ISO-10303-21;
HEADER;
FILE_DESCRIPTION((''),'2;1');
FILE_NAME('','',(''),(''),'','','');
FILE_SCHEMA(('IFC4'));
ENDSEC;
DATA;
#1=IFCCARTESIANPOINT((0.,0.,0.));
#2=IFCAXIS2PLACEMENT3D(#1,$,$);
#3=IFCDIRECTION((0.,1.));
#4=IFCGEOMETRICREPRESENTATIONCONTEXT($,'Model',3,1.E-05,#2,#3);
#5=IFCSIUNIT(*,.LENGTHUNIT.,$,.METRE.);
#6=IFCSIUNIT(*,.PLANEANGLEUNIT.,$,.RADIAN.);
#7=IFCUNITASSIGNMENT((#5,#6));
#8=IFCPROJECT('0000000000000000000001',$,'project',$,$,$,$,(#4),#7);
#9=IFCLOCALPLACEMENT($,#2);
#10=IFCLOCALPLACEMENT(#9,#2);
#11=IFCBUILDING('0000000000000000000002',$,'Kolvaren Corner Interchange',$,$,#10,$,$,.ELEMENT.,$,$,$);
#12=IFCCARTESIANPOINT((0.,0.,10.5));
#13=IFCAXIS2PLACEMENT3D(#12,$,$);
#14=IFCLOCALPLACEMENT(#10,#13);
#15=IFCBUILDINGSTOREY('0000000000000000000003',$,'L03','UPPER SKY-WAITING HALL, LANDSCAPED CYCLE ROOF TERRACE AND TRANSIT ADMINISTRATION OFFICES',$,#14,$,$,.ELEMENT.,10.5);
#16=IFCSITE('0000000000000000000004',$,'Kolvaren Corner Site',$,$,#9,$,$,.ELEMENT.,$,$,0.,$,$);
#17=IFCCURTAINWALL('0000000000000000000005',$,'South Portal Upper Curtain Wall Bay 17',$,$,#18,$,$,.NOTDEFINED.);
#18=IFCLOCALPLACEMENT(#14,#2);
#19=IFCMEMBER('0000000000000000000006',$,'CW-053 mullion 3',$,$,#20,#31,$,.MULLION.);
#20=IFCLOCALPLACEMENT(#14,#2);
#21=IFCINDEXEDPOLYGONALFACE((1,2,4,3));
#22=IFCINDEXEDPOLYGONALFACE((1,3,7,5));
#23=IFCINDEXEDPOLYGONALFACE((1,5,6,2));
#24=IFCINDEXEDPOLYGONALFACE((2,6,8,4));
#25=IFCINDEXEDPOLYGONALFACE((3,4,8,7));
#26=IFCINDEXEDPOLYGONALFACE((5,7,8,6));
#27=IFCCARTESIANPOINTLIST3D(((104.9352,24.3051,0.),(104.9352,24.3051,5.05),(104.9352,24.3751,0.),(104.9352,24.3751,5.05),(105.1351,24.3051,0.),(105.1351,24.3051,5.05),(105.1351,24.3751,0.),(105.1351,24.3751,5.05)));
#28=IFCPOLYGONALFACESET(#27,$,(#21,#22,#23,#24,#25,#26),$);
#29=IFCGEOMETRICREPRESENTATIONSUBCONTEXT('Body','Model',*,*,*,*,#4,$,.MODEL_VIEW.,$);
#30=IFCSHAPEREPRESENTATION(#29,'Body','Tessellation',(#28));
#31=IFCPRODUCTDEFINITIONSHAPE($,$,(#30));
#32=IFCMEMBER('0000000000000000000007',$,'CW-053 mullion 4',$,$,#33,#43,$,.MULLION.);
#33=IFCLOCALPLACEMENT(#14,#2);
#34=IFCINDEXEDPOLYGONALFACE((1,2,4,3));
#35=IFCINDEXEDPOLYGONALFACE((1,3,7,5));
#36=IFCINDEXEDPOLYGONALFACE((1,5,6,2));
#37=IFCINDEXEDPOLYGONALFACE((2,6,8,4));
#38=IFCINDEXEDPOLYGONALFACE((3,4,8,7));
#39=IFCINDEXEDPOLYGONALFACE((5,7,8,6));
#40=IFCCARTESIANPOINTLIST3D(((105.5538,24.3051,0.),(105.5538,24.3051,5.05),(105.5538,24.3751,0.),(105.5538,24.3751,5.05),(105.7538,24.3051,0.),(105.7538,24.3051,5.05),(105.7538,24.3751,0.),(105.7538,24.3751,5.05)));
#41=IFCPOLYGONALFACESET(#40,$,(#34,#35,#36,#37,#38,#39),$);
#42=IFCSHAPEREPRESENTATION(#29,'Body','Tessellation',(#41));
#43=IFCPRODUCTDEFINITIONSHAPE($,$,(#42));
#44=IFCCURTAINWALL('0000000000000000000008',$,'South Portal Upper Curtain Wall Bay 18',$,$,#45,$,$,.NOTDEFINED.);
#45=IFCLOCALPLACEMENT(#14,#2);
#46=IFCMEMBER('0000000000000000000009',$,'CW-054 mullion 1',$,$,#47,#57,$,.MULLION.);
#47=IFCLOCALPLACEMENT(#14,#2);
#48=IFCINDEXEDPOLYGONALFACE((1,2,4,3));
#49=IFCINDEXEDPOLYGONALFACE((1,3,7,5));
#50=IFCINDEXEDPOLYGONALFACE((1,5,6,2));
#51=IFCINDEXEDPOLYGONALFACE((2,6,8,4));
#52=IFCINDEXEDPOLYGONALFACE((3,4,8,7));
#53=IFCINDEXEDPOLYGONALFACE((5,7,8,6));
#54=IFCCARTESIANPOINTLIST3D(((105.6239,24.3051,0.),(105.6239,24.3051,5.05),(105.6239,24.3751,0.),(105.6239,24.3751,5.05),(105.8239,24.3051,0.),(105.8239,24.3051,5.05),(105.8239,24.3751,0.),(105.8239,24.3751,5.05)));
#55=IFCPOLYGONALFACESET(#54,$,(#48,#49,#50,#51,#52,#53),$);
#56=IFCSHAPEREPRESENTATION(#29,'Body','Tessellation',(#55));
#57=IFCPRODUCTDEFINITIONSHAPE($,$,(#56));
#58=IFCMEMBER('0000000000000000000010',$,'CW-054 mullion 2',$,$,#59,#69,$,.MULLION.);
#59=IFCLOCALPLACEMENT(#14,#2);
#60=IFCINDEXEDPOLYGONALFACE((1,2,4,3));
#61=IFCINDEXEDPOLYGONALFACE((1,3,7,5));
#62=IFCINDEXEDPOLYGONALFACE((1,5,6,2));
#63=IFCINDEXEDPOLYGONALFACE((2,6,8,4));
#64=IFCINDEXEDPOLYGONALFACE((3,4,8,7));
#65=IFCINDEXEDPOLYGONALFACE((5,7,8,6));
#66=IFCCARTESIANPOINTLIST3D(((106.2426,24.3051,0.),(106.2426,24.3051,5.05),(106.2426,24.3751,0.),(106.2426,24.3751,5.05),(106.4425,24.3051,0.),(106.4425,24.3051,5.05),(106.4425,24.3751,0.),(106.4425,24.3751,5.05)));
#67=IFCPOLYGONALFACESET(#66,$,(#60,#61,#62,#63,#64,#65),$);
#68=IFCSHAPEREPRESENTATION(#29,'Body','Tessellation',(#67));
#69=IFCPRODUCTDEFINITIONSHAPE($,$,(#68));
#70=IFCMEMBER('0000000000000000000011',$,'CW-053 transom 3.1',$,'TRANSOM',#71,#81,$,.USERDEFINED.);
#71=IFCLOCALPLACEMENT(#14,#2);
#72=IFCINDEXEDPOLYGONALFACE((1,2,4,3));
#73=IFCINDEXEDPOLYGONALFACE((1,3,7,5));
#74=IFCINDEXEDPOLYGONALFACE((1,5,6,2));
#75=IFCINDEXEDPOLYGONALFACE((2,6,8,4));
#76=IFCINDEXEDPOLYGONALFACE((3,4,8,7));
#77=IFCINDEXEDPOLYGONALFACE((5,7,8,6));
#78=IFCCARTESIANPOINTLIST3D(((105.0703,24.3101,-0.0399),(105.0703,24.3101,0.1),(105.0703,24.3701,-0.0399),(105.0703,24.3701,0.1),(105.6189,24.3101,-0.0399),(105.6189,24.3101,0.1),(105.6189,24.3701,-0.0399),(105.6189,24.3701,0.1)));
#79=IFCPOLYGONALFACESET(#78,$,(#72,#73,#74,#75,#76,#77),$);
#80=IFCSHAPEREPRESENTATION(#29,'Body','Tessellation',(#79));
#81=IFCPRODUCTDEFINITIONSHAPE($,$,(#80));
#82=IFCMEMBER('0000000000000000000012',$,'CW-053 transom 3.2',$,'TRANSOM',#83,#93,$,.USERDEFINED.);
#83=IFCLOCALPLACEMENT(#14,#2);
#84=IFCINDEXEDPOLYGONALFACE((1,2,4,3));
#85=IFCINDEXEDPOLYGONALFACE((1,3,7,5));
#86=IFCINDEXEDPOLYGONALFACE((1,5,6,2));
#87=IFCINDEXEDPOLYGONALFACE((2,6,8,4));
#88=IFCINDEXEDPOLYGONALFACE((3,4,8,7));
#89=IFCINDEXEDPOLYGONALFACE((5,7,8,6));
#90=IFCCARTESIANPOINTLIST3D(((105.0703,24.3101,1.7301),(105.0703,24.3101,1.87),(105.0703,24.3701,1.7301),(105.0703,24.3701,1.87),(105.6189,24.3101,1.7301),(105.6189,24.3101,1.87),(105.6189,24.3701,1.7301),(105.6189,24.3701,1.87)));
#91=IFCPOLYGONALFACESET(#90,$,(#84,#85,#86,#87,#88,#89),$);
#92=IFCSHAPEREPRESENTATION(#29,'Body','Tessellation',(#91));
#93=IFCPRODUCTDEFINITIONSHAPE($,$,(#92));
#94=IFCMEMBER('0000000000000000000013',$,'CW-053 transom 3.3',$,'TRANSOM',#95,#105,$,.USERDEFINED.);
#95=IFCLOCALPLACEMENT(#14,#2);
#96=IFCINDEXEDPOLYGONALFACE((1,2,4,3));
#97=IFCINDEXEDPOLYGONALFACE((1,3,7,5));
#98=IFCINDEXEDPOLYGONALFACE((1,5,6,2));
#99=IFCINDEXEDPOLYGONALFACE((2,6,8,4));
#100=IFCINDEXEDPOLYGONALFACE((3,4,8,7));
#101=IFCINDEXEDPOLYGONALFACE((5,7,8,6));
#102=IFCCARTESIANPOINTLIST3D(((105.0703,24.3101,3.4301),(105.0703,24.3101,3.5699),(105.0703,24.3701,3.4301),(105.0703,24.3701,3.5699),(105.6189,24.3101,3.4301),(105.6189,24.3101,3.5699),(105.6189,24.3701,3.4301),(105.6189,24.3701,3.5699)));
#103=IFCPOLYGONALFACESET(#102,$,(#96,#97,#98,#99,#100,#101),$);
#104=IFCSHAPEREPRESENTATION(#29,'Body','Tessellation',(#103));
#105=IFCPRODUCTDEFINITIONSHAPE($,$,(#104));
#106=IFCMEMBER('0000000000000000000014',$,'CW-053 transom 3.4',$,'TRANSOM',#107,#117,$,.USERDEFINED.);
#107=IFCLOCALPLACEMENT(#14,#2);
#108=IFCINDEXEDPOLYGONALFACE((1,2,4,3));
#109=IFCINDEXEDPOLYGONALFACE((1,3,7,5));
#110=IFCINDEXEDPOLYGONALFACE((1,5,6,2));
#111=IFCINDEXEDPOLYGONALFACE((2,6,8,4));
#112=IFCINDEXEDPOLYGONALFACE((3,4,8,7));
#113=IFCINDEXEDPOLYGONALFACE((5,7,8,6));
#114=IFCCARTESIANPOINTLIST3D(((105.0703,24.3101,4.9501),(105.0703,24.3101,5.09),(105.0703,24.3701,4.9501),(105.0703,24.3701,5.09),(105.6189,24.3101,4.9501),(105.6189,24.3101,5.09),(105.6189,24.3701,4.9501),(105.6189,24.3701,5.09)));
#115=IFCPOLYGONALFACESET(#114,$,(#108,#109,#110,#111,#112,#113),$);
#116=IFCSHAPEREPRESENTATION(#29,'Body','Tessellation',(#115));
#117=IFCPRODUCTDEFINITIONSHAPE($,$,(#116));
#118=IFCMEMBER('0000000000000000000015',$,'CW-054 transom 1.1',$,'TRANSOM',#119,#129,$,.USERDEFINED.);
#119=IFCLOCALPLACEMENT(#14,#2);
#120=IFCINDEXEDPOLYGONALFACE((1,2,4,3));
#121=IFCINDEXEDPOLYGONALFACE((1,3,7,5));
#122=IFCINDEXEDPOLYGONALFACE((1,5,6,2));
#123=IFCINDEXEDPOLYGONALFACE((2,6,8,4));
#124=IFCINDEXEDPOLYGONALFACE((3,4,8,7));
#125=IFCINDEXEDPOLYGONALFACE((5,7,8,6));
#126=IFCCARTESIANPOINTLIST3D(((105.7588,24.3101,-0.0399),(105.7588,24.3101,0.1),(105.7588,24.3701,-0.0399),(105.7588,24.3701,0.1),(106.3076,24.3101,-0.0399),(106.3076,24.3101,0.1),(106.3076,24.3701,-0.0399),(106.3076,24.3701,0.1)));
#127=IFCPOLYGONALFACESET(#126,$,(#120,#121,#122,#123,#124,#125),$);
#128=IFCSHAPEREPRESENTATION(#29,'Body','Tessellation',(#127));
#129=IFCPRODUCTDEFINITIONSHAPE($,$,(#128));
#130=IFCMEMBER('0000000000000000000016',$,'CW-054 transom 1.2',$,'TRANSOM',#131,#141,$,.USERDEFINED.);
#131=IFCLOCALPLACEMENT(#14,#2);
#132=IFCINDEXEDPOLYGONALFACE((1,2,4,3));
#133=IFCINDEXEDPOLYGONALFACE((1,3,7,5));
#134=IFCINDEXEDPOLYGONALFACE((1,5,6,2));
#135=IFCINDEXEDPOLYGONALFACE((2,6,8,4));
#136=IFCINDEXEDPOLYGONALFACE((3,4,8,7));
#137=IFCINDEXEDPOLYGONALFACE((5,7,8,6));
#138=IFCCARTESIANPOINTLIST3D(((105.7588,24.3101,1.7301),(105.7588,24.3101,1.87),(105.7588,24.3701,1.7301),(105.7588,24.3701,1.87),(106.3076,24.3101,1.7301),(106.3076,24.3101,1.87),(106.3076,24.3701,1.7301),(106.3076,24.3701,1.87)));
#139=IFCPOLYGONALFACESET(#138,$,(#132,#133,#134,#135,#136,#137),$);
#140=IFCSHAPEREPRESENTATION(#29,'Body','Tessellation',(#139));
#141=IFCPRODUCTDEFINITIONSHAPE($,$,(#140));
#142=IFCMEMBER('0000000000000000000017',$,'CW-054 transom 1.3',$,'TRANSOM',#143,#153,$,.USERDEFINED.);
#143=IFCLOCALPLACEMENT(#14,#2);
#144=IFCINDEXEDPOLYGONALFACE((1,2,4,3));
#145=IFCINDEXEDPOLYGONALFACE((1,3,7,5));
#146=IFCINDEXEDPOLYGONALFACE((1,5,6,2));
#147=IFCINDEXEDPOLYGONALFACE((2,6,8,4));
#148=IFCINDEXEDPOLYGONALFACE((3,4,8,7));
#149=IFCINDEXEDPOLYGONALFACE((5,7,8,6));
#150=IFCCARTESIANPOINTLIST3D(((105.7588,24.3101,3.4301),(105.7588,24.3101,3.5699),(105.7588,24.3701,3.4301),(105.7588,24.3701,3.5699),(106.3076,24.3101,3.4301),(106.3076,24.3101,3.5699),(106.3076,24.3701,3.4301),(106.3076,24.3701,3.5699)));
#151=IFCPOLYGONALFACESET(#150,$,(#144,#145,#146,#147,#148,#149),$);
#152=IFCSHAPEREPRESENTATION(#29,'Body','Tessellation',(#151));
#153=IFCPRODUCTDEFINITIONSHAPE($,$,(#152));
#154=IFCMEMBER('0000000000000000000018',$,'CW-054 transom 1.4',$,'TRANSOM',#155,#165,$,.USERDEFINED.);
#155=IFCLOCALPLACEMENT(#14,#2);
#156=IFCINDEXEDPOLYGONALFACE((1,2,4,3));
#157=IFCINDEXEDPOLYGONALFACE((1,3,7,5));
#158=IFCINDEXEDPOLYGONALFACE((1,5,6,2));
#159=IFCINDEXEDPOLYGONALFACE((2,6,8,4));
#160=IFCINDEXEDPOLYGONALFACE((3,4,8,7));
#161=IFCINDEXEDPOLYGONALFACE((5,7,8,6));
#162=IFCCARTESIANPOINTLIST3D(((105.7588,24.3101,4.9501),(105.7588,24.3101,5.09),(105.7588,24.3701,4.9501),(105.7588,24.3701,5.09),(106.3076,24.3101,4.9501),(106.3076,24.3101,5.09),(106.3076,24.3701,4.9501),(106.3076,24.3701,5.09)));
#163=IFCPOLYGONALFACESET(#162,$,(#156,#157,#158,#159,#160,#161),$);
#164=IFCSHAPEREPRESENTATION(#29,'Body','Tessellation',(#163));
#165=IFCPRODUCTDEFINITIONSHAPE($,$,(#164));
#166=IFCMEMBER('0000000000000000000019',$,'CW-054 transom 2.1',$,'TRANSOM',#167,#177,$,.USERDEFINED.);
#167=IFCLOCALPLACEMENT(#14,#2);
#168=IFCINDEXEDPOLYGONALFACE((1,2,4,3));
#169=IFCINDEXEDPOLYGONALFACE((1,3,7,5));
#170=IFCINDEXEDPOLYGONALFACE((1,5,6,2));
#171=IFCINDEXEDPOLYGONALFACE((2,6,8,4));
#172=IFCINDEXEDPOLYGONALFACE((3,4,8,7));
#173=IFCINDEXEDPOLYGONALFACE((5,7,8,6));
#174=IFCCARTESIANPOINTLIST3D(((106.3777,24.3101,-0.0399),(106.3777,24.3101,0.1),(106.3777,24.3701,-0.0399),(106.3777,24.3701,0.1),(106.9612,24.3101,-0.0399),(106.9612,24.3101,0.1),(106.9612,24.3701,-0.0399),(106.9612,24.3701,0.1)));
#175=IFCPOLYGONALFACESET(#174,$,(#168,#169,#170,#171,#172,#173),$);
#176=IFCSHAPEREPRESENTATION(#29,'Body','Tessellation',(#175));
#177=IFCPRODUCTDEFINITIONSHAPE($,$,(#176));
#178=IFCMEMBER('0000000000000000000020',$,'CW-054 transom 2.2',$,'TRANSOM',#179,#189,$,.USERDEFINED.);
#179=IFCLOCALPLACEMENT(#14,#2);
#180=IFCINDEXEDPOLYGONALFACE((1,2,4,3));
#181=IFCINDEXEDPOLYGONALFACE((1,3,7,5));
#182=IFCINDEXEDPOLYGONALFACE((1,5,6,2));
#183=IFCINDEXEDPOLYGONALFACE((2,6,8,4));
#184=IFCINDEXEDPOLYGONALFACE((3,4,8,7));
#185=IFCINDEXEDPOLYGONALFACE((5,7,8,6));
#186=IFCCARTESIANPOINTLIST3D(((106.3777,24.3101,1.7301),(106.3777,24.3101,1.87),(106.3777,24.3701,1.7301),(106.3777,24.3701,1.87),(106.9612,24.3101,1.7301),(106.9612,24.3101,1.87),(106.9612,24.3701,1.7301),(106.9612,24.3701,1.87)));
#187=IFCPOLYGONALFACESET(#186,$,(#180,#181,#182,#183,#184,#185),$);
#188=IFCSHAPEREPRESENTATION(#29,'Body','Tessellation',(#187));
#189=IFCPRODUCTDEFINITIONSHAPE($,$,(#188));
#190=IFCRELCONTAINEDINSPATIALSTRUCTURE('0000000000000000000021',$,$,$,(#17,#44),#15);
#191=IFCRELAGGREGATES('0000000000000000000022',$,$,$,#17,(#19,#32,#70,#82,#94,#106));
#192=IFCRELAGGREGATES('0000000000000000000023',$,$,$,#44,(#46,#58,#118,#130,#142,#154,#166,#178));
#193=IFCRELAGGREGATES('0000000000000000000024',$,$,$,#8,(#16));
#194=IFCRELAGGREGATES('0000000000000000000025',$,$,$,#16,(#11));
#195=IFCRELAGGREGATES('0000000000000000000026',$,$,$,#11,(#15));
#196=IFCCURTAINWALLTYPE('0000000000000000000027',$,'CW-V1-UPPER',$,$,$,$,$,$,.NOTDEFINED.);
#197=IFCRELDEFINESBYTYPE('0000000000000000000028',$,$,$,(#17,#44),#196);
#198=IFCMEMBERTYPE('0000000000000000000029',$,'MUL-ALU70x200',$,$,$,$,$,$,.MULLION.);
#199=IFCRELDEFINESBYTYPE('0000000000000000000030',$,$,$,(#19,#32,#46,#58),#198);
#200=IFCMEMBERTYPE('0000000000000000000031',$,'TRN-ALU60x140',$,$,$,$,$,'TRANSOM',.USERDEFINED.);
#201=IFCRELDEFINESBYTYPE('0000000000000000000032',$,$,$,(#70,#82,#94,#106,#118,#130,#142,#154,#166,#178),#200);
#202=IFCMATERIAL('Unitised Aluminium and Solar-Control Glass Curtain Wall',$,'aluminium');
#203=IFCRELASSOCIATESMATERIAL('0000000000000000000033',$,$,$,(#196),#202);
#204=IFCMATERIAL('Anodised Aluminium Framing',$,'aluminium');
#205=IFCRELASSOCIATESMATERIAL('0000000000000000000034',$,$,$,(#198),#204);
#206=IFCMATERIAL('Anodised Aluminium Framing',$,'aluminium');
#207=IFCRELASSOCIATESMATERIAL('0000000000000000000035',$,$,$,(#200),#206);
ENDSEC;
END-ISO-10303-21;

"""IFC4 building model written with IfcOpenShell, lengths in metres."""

from ifc_helpers import new_model, si_unit, direction, frame, origin, origin_2d, place, context, subcontext, project, spatial, rectangle, extrude, material, material_profile, profile_set, type_object, element, aggregate, save


model = new_model("IFC4")

# Units and contexts
model_context = context("Model", 3, precision=1e-05, world=origin(), true_north=direction((0.0, 1.0)))
body_context = subcontext(model_context, "Body", "Model", "MODEL_VIEW")
ifc_project = project(units=[si_unit("LENGTHUNIT", "METRE"), si_unit("PLANEANGLEUNIT", "RADIAN")], contexts=[model_context])

# Site, building, storey
site_placement = place(None, origin())
site = spatial("IfcSite", under=ifc_project, at=site_placement, Name="Kolvaren Corner Site", CompositionType="ELEMENT", RefElevation=0.0)
building_placement = place(site_placement, origin())
building = spatial("IfcBuilding", under=site, at=building_placement, Name="Kolvaren Corner Interchange", CompositionType="ELEMENT")
storey_placement = place(building_placement, frame((0.0, 0.0, 10.5)))
storey = spatial("IfcBuildingStorey", under=building, at=storey_placement, Name="L03", Description="UPPER SKY-WAITING HALL, LANDSCAPED CYCLE ROOF TERRACE AND TRANSIT ADMINISTRATION OFFICES", CompositionType="ELEMENT", Elevation=10.5)

# Curtain walls, members
ifc_material_1 = material(Name="Unitised Aluminium and Solar-Control Glass Curtain Wall", Category="aluminium")
curtain_wall_type = type_object("IfcCurtainWallType", Name="CW-V1-UPPER", PredefinedType="NOTDEFINED", material=ifc_material_1)
curtain_wall_1_placement = place(storey_placement, origin())
curtain_wall_1 = element("IfcCurtainWall", 1, at=curtain_wall_1_placement, inside=storey, type_object=curtain_wall_type, Name="South Portal Upper Curtain Wall Bay 17", PredefinedType="NOTDEFINED")
ifc_material_2 = material(Name="Anodised Aluminium Framing", Category="aluminium")
ifc_material_profile_1 = material_profile(ifc_material_2, rectangle(XDim=0.0701, YDim=0.2, at=origin_2d()), Name="ALU 70x200")
ifc_profile_set_1 = profile_set([ifc_material_profile_1], Name="Anodised Aluminium Framing")
member_type_1 = type_object("IfcMemberType", Name="MUL-ALU70x200", PredefinedType="MULLION", material=ifc_profile_set_1)
member_1_placement = place(storey_placement, frame((105.0352, 24.3401, 0.0), z_axis=(0.0, 0.0, 1.0), x_axis=(0.0, 1.0, 0.0)))
member_1 = element("IfcMember", 2, at=member_1_placement, type_object=member_type_1, Name="CW-053 mullion 3", PredefinedType="MULLION", context=body_context, shape_type="SweptSolid", body=[
    extrude(rectangle(XDim=0.0701, YDim=0.2, at=origin_2d()), origin(), (0.0, 0.0, 1.0), 5.05),
])
member_2_placement = place(storey_placement, frame((105.6538, 24.3401, 0.0), z_axis=(0.0, 0.0, 1.0), x_axis=(0.0, 1.0, 0.0)))
member_2 = element("IfcMember", 3, at=member_2_placement, type_object=member_type_1, Name="CW-053 mullion 4", PredefinedType="MULLION", context=body_context, shape_type="SweptSolid", body=[
    extrude(rectangle(XDim=0.0701, YDim=0.2, at=origin_2d()), origin(), (0.0, 0.0, 1.0), 5.05),
])
curtain_wall_2_placement = place(storey_placement, origin())
curtain_wall_2 = element("IfcCurtainWall", 4, at=curtain_wall_2_placement, inside=storey, type_object=curtain_wall_type, Name="South Portal Upper Curtain Wall Bay 18", PredefinedType="NOTDEFINED")
member_3_placement = place(storey_placement, frame((105.7239, 24.3401, 0.0), z_axis=(0.0, 0.0, 1.0), x_axis=(0.0, 1.0, 0.0)))
member_3 = element("IfcMember", 5, at=member_3_placement, type_object=member_type_1, Name="CW-054 mullion 1", PredefinedType="MULLION", context=body_context, shape_type="SweptSolid", body=[
    extrude(rectangle(XDim=0.0701, YDim=0.2, at=origin_2d()), origin(), (0.0, 0.0, 1.0), 5.05),
])
member_4_placement = place(storey_placement, frame((106.3425, 24.3401, 0.0), z_axis=(0.0, 0.0, 1.0), x_axis=(0.0, 1.0, 0.0)))
member_4 = element("IfcMember", 6, at=member_4_placement, type_object=member_type_1, Name="CW-054 mullion 2", PredefinedType="MULLION", context=body_context, shape_type="SweptSolid", body=[
    extrude(rectangle(XDim=0.0701, YDim=0.2, at=origin_2d()), origin(), (0.0, 0.0, 1.0), 5.05),
])

# Members
ifc_material_3 = material(Name="Anodised Aluminium Framing", Category="aluminium")
ifc_material_profile_2 = material_profile(ifc_material_3, rectangle(XDim=0.0601, YDim=0.1399, at=origin_2d()), Name="ALU 60x140")
ifc_profile_set_2 = profile_set([ifc_material_profile_2], Name="Anodised Aluminium Framing")
member_type_2 = type_object("IfcMemberType", Name="TRN-ALU60x140", ElementType="TRANSOM", PredefinedType="USERDEFINED", material=ifc_profile_set_2)
member_5_placement = place(storey_placement, frame((105.0703, 24.3401, 0.03), z_axis=(1.0, 0.0, 0.0), x_axis=(0.0, 1.0, 0.0)))
member_5 = element("IfcMember", 7, at=member_5_placement, type_object=member_type_2, Name="CW-053 transom 3.1", ObjectType="TRANSOM", PredefinedType="USERDEFINED", context=body_context, shape_type="SweptSolid", body=[
    extrude(rectangle(XDim=0.0601, YDim=0.1399, at=origin_2d()), origin(), (0.0, 0.0, 1.0), 0.5486),
])
member_6_placement = place(storey_placement, frame((105.0703, 24.3401, 1.8), z_axis=(1.0, 0.0, 0.0), x_axis=(0.0, 1.0, 0.0)))
member_6 = element("IfcMember", 8, at=member_6_placement, type_object=member_type_2, Name="CW-053 transom 3.2", ObjectType="TRANSOM", PredefinedType="USERDEFINED", context=body_context, shape_type="SweptSolid", body=[
    extrude(rectangle(XDim=0.0601, YDim=0.1399, at=origin_2d()), origin(), (0.0, 0.0, 1.0), 0.5486),
])
member_7_placement = place(storey_placement, frame((105.0703, 24.3401, 3.5), z_axis=(1.0, 0.0, 0.0), x_axis=(0.0, 1.0, 0.0)))
member_7 = element("IfcMember", 9, at=member_7_placement, type_object=member_type_2, Name="CW-053 transom 3.3", ObjectType="TRANSOM", PredefinedType="USERDEFINED", context=body_context, shape_type="SweptSolid", body=[
    extrude(rectangle(XDim=0.0601, YDim=0.1399, at=origin_2d()), origin(), (0.0, 0.0, 1.0), 0.5486),
])
member_8_placement = place(storey_placement, frame((105.0703, 24.3401, 5.02), z_axis=(1.0, 0.0, 0.0), x_axis=(0.0, 1.0, 0.0)))
member_8 = element("IfcMember", 10, at=member_8_placement, type_object=member_type_2, Name="CW-053 transom 3.4", ObjectType="TRANSOM", PredefinedType="USERDEFINED", context=body_context, shape_type="SweptSolid", body=[
    extrude(rectangle(XDim=0.0601, YDim=0.1399, at=origin_2d()), origin(), (0.0, 0.0, 1.0), 0.5486),
])
member_9_placement = place(storey_placement, frame((105.7588, 24.3401, 0.03), z_axis=(1.0, 0.0, 0.0), x_axis=(0.0, 1.0, 0.0)))
member_9 = element("IfcMember", 11, at=member_9_placement, type_object=member_type_2, Name="CW-054 transom 1.1", ObjectType="TRANSOM", PredefinedType="USERDEFINED", context=body_context, shape_type="SweptSolid", body=[
    extrude(rectangle(XDim=0.0601, YDim=0.1399, at=origin_2d()), origin(), (0.0, 0.0, 1.0), 0.5488),
])
member_10_placement = place(storey_placement, frame((105.7588, 24.3401, 1.8), z_axis=(1.0, 0.0, 0.0), x_axis=(0.0, 1.0, 0.0)))
member_10 = element("IfcMember", 12, at=member_10_placement, type_object=member_type_2, Name="CW-054 transom 1.2", ObjectType="TRANSOM", PredefinedType="USERDEFINED", context=body_context, shape_type="SweptSolid", body=[
    extrude(rectangle(XDim=0.0601, YDim=0.1399, at=origin_2d()), origin(), (0.0, 0.0, 1.0), 0.5488),
])
member_11_placement = place(storey_placement, frame((105.7588, 24.3401, 3.5), z_axis=(1.0, 0.0, 0.0), x_axis=(0.0, 1.0, 0.0)))
member_11 = element("IfcMember", 13, at=member_11_placement, type_object=member_type_2, Name="CW-054 transom 1.3", ObjectType="TRANSOM", PredefinedType="USERDEFINED", context=body_context, shape_type="SweptSolid", body=[
    extrude(rectangle(XDim=0.0601, YDim=0.1399, at=origin_2d()), origin(), (0.0, 0.0, 1.0), 0.5488),
])
member_12_placement = place(storey_placement, frame((105.7588, 24.3401, 5.02), z_axis=(1.0, 0.0, 0.0), x_axis=(0.0, 1.0, 0.0)))
member_12 = element("IfcMember", 14, at=member_12_placement, type_object=member_type_2, Name="CW-054 transom 1.4", ObjectType="TRANSOM", PredefinedType="USERDEFINED", context=body_context, shape_type="SweptSolid", body=[
    extrude(rectangle(XDim=0.0601, YDim=0.1399, at=origin_2d()), origin(), (0.0, 0.0, 1.0), 0.5488),
])
member_13_placement = place(storey_placement, frame((106.3777, 24.3401, 0.03), z_axis=(1.0, 0.0, 0.0), x_axis=(0.0, 1.0, 0.0)))
member_13 = element("IfcMember", 15, at=member_13_placement, type_object=member_type_2, Name="CW-054 transom 2.1", ObjectType="TRANSOM", PredefinedType="USERDEFINED", context=body_context, shape_type="SweptSolid", body=[
    extrude(rectangle(XDim=0.0601, YDim=0.1399, at=origin_2d()), origin(), (0.0, 0.0, 1.0), 0.5835),
])
member_14_placement = place(storey_placement, frame((106.3777, 24.3401, 1.8), z_axis=(1.0, 0.0, 0.0), x_axis=(0.0, 1.0, 0.0)))
member_14 = element("IfcMember", 16, at=member_14_placement, type_object=member_type_2, Name="CW-054 transom 2.2", ObjectType="TRANSOM", PredefinedType="USERDEFINED", context=body_context, shape_type="SweptSolid", body=[
    extrude(rectangle(XDim=0.0601, YDim=0.1399, at=origin_2d()), origin(), (0.0, 0.0, 1.0), 0.5835),
])

aggregate(curtain_wall_1, [member_1, member_2, member_5, member_6, member_7, member_8])
aggregate(curtain_wall_2, [member_3, member_4, member_9, member_10, member_11, member_12, member_13, member_14])

save(model, "model.ifc")
